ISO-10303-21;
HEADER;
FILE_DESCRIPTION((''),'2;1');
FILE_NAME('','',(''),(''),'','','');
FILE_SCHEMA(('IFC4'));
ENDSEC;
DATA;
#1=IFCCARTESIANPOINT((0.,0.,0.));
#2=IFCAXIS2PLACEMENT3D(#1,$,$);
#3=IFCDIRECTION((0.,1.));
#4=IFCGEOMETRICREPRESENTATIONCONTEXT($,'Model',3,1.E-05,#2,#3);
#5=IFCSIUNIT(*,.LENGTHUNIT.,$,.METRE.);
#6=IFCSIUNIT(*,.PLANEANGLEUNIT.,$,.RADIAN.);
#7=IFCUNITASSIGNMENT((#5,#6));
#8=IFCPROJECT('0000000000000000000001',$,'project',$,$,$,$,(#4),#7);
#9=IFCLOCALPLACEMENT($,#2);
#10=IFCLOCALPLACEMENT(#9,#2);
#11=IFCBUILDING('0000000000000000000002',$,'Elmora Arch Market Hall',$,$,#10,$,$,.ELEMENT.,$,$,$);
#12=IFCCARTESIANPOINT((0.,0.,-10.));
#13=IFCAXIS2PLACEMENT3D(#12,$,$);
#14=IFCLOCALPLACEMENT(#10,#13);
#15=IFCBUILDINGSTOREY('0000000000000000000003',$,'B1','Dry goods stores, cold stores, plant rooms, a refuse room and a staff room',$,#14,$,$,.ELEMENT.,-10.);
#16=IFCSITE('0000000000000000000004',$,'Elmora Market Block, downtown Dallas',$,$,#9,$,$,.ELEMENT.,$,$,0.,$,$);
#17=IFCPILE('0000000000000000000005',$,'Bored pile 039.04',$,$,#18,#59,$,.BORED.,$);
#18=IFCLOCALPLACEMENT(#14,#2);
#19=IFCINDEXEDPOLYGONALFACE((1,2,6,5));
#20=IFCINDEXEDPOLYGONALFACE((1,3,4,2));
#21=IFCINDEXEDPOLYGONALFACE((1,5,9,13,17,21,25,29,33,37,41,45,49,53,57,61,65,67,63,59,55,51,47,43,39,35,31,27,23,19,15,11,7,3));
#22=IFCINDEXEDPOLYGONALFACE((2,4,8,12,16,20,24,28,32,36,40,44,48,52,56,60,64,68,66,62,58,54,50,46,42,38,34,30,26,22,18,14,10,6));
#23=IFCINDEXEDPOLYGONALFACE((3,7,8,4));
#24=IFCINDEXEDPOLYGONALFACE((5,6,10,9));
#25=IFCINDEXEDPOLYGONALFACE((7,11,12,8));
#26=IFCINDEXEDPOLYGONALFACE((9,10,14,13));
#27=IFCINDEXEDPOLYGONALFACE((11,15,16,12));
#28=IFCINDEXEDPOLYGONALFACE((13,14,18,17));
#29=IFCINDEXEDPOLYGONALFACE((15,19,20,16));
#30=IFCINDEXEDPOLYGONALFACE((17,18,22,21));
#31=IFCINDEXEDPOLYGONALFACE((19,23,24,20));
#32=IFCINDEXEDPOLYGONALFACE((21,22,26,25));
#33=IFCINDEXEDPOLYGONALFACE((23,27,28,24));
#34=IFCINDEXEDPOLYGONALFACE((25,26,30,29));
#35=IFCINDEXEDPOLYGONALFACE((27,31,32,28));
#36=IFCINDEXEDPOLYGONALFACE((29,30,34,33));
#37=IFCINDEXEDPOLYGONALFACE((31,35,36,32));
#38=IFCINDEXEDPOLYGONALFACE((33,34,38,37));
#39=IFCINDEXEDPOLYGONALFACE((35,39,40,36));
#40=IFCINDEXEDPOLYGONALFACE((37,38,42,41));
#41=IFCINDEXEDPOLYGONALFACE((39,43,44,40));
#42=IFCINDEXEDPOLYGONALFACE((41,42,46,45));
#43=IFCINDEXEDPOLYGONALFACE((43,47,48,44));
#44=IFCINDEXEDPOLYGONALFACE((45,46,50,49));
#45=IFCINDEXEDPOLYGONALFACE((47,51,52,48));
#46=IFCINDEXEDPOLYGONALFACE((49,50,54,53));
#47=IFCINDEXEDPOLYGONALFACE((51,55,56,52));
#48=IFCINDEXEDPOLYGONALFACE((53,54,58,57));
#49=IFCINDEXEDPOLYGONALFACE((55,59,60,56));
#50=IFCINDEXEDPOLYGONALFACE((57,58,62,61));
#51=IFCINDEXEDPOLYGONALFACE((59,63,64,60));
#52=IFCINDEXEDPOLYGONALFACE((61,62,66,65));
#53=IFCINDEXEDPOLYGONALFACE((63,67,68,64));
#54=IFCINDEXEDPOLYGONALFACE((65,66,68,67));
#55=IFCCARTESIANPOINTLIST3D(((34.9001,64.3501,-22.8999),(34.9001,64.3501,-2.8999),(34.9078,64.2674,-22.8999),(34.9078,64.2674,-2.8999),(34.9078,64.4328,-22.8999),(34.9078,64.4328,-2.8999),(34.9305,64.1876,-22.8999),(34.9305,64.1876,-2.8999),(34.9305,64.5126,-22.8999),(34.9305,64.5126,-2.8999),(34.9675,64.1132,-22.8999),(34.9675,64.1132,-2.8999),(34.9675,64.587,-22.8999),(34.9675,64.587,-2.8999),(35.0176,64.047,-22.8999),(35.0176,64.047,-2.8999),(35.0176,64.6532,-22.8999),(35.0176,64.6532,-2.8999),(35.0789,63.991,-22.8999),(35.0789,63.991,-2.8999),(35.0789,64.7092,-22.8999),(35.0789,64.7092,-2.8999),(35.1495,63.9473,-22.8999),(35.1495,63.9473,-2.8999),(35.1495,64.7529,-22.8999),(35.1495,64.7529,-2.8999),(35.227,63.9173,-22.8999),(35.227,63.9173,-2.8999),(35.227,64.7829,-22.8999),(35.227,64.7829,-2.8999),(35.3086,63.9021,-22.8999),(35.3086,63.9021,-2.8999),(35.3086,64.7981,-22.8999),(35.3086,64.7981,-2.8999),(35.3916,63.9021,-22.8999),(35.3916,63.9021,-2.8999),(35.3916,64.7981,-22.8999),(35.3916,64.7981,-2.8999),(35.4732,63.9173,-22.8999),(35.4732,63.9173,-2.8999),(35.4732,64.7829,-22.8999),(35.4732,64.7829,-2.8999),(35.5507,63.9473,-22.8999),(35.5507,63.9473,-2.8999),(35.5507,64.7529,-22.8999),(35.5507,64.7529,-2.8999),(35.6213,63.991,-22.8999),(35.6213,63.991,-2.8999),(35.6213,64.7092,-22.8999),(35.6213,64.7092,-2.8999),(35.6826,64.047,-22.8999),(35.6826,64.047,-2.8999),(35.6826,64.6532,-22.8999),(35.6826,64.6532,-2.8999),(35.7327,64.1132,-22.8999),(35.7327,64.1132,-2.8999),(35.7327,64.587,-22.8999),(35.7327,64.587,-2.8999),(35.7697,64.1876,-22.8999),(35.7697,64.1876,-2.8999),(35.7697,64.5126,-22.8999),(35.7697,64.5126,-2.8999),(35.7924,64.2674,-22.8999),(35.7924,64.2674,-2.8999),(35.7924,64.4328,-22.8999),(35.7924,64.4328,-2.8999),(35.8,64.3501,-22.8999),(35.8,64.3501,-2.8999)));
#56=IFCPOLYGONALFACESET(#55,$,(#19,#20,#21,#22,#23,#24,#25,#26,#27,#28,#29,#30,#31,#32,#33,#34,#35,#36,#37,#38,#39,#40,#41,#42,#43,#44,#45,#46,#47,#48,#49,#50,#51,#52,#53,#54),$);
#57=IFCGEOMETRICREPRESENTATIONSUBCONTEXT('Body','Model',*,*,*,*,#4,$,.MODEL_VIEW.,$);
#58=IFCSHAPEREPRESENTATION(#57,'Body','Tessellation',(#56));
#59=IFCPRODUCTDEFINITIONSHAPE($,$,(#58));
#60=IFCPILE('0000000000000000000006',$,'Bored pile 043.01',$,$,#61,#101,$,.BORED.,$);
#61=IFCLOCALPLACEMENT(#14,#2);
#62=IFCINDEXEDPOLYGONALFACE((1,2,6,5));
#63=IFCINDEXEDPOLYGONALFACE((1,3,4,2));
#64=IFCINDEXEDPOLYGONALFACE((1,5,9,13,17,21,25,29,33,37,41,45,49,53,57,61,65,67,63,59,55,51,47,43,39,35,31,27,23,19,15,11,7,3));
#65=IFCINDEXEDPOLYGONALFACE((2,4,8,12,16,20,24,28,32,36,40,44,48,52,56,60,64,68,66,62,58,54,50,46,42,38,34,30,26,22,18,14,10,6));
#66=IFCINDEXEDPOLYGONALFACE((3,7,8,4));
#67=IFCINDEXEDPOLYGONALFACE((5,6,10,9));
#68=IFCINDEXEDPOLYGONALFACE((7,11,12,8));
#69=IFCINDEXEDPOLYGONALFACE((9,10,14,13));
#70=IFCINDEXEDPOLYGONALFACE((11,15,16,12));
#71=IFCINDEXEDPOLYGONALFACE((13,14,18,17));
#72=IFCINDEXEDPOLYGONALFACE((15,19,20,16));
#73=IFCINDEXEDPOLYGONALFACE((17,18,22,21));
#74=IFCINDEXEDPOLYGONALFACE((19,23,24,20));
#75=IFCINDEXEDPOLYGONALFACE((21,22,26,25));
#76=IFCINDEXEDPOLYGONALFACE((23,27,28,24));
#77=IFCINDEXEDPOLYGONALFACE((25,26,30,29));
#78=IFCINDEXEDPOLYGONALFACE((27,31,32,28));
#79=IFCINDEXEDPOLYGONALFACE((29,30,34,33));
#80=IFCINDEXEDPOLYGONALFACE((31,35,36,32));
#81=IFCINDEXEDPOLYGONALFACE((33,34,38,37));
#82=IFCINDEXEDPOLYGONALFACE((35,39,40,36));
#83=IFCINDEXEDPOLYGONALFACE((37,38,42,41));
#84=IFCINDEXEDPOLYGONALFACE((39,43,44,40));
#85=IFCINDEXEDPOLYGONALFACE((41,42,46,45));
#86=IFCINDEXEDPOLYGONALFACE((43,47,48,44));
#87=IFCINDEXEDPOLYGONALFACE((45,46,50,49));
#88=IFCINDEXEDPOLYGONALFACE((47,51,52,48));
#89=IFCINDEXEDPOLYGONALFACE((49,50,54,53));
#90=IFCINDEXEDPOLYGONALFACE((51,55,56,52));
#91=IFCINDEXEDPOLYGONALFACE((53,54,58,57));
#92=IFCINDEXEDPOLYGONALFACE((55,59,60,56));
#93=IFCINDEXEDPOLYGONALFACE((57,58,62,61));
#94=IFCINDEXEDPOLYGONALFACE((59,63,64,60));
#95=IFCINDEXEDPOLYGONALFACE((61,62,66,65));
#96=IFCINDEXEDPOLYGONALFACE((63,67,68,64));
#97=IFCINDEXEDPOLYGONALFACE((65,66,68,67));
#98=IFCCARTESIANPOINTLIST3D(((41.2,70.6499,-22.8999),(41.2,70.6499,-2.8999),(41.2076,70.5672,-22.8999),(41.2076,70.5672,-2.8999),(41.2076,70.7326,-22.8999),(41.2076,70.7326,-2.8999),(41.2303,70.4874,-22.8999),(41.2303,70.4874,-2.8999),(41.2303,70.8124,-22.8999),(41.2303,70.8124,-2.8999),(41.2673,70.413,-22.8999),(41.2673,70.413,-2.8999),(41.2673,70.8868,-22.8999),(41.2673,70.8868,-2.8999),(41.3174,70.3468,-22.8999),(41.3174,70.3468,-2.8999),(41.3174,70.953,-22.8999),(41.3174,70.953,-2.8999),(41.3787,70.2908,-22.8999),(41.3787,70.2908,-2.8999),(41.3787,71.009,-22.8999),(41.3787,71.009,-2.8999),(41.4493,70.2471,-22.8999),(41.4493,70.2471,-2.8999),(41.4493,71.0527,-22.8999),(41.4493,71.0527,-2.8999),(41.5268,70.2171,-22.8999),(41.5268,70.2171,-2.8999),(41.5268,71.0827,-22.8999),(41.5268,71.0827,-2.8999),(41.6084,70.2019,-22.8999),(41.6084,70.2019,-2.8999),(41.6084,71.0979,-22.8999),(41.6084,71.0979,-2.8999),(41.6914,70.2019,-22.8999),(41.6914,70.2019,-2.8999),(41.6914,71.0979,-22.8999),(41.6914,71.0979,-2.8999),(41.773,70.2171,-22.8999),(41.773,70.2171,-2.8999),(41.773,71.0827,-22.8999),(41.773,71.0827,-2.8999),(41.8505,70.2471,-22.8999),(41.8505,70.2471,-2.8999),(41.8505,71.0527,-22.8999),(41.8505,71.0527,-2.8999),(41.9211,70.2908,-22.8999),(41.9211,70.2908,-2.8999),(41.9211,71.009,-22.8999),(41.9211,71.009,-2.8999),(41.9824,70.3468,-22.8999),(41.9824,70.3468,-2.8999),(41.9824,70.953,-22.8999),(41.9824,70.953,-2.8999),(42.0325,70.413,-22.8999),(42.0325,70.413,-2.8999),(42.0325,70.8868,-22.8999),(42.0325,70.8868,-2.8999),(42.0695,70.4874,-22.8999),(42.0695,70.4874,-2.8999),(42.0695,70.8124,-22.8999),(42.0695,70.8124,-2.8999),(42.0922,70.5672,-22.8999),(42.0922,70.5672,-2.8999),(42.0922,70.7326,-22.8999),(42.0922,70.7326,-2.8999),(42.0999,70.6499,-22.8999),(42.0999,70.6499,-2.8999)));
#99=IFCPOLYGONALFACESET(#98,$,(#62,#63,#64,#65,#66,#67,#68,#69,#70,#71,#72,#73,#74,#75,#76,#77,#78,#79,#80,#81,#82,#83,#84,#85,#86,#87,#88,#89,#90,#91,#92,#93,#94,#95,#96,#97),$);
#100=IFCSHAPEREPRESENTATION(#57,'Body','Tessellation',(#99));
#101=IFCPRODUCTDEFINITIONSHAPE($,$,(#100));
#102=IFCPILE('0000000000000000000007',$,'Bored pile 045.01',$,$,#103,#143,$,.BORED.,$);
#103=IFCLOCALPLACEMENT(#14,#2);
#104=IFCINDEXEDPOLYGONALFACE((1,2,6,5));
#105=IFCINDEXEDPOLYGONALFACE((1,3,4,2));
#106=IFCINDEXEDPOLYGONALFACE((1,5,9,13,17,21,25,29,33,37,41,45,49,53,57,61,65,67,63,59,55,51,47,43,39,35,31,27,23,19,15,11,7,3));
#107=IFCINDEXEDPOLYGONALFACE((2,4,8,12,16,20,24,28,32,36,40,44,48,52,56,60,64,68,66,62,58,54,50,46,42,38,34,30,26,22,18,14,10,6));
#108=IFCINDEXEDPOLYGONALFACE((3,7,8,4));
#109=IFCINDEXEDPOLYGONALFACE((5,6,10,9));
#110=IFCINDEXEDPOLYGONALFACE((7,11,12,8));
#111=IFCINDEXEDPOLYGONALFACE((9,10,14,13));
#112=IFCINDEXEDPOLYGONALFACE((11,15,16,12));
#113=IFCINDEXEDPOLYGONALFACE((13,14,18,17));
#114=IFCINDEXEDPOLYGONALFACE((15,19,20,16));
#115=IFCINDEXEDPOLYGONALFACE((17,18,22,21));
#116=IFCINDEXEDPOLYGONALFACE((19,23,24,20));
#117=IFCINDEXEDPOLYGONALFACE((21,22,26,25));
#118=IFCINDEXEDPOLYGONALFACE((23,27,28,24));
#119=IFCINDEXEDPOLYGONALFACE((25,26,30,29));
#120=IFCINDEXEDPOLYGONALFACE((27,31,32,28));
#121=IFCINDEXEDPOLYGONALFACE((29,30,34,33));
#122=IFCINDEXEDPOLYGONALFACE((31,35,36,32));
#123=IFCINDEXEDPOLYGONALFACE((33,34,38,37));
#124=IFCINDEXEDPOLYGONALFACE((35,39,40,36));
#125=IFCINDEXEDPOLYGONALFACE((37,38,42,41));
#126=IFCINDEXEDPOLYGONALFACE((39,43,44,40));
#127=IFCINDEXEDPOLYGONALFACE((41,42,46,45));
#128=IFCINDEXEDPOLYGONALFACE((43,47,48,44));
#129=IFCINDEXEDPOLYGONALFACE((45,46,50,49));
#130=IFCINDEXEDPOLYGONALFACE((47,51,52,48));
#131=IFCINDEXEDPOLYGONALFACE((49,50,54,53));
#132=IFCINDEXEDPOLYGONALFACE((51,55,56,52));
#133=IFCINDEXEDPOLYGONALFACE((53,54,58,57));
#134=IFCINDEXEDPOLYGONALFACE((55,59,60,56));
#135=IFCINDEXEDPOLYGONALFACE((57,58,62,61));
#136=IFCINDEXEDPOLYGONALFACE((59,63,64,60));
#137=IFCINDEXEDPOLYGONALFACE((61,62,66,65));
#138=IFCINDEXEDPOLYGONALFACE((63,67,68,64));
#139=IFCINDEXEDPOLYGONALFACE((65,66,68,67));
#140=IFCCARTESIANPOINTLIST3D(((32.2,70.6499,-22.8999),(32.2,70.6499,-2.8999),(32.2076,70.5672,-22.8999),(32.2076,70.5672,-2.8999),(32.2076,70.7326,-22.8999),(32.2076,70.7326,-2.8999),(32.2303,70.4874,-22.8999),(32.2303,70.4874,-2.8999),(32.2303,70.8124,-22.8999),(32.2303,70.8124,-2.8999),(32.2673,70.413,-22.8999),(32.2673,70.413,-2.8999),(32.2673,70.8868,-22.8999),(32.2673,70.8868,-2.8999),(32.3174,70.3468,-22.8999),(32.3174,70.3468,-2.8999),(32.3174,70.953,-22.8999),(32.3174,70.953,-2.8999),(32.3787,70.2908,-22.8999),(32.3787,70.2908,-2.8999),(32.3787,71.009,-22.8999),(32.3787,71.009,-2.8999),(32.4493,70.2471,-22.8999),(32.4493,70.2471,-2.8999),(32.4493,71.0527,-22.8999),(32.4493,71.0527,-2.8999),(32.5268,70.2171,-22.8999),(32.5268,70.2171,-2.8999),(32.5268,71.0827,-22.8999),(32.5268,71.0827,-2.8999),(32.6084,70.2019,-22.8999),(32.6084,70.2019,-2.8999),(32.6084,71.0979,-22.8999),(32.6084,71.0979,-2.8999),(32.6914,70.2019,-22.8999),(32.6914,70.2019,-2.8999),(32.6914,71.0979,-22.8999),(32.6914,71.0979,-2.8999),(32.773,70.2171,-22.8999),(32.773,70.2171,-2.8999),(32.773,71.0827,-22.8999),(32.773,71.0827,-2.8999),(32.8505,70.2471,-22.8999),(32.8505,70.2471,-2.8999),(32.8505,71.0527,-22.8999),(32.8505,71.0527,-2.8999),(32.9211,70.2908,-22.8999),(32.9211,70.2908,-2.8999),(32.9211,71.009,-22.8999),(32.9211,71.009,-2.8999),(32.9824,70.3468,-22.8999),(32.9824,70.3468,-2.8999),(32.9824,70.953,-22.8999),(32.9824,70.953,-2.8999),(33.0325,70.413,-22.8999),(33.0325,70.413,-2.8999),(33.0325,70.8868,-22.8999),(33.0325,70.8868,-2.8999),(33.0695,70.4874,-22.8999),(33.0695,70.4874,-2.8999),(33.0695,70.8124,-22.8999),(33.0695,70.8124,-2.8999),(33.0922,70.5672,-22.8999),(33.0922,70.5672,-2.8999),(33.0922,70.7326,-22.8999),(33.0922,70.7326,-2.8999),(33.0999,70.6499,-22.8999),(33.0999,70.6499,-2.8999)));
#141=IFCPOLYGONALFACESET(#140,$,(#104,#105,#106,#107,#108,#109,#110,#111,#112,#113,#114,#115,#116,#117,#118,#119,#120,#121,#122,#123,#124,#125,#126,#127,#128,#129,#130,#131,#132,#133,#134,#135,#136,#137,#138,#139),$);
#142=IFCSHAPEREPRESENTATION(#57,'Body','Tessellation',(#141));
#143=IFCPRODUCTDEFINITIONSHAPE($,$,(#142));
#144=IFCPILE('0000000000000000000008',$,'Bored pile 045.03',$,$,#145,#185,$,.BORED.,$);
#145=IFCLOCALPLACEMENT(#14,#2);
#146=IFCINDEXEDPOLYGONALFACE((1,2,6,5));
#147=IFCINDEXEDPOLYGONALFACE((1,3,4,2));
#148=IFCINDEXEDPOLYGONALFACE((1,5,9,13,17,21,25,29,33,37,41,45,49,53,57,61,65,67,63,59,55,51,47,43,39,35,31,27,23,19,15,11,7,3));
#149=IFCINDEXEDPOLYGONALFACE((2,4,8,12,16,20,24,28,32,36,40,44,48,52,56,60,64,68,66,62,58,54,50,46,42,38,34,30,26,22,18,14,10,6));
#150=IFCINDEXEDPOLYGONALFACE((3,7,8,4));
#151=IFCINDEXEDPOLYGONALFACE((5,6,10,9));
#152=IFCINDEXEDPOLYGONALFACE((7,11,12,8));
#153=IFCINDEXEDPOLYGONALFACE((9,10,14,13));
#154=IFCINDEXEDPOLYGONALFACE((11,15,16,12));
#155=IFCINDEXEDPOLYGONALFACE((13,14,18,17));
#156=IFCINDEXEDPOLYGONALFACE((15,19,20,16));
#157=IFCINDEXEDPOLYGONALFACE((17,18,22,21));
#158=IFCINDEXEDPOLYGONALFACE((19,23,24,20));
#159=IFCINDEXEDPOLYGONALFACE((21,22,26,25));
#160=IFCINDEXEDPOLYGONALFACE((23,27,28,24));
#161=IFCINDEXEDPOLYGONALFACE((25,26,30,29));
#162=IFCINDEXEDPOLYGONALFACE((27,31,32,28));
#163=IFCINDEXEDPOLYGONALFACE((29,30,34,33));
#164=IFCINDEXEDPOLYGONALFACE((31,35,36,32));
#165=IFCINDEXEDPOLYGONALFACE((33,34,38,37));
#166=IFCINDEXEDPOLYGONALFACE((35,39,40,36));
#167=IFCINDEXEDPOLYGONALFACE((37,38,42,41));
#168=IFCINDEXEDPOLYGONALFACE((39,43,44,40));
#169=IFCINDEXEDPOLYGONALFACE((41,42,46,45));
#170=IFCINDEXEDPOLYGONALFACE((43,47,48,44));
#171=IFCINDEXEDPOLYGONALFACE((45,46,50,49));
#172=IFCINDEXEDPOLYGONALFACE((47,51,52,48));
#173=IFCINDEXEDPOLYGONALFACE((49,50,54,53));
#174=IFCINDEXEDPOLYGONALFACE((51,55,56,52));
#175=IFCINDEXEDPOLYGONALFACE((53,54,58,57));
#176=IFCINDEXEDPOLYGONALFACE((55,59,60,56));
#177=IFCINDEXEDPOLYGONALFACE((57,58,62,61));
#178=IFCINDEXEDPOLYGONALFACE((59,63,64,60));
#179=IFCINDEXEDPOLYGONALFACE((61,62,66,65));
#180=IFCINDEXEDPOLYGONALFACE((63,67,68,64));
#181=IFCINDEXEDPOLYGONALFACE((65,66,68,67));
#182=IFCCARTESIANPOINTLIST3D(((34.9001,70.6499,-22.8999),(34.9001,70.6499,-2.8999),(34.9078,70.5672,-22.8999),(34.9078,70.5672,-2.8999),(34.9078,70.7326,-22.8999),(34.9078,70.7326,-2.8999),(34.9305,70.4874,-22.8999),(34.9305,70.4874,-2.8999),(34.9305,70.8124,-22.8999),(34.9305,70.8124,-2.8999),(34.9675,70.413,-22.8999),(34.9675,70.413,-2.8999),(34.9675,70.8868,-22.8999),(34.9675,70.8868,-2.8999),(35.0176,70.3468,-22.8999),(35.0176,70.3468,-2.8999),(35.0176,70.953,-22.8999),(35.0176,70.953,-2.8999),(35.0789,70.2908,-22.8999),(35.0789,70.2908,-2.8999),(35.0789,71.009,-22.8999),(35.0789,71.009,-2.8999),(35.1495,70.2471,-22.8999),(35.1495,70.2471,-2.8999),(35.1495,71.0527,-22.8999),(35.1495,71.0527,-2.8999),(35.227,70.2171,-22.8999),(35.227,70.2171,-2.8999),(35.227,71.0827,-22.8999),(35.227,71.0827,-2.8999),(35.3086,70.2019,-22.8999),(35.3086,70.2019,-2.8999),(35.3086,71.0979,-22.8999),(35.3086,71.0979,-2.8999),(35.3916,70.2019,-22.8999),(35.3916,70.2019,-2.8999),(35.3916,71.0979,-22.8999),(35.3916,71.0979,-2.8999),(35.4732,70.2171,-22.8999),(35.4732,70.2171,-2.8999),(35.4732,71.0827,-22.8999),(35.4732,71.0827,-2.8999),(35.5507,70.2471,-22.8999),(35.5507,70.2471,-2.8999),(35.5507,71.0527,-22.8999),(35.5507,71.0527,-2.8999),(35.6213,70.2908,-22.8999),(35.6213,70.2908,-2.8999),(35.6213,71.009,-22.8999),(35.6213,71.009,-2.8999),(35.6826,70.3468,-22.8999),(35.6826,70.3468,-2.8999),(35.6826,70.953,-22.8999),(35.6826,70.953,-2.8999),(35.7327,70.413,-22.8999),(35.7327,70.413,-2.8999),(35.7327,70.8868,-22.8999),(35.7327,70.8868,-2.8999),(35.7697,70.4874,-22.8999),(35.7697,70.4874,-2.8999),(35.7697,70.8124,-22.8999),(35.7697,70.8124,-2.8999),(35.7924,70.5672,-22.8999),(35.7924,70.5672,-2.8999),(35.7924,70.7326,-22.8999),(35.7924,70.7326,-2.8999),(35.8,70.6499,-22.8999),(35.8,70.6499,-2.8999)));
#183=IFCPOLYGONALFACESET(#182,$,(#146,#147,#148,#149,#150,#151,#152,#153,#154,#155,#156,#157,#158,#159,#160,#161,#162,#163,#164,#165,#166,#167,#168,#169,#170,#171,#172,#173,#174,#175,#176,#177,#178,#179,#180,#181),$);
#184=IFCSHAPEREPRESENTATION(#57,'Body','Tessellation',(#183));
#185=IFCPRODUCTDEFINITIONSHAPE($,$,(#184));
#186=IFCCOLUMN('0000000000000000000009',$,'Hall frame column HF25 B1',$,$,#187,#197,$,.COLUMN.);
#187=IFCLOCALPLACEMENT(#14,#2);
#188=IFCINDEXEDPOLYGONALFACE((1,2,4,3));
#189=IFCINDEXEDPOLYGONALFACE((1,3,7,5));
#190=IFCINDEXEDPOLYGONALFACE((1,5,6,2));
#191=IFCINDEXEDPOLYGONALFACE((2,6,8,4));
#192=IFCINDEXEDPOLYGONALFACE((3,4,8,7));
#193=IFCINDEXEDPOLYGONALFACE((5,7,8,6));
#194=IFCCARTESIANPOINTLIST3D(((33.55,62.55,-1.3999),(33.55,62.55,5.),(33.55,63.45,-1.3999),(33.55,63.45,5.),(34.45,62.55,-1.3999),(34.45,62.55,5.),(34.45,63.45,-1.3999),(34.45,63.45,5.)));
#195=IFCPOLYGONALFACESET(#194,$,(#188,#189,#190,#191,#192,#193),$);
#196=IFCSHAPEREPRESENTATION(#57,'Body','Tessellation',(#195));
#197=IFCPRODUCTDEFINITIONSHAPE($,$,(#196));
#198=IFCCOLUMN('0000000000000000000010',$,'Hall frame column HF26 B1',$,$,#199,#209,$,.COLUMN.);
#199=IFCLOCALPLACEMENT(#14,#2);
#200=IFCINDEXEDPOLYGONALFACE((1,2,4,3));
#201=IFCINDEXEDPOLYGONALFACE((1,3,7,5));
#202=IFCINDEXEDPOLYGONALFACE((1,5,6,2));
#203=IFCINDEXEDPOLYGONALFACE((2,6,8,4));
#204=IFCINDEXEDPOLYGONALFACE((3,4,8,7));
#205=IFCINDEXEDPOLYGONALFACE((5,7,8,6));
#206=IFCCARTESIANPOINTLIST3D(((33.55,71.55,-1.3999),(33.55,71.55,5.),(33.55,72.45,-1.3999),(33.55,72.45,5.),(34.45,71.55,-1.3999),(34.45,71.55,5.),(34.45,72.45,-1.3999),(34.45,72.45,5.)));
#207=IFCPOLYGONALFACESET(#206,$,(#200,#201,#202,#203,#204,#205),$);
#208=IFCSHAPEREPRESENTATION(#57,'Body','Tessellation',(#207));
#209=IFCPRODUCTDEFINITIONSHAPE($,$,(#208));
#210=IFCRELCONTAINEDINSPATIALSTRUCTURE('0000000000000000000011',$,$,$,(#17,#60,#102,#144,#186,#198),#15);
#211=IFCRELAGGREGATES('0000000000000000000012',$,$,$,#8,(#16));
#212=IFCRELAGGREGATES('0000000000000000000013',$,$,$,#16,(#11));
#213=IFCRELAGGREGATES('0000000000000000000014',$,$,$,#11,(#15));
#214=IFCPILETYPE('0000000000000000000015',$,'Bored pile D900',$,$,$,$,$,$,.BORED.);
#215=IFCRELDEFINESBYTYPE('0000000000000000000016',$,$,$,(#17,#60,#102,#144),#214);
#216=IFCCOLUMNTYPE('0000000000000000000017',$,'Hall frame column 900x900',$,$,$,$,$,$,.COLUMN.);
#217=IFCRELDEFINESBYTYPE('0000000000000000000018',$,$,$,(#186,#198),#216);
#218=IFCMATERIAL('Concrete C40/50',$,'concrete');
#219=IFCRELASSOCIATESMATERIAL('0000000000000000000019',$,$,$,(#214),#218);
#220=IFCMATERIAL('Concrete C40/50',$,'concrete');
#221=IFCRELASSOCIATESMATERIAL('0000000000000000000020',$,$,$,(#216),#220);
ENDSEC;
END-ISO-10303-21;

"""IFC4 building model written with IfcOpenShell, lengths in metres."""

from ifc_helpers import new_model, si_unit, direction, frame, origin, origin_2d, place, context, subcontext, project, spatial, rectangle, circle, extrude, material, material_profile, profile_set, type_object, element, save


model = new_model("IFC4")

# Units and contexts
model_context = context("Model", 3, precision=1e-05, world=origin(), true_north=direction((0.0, 1.0)))
body_context = subcontext(model_context, "Body", "Model", "MODEL_VIEW")
ifc_project = project(units=[si_unit("LENGTHUNIT", "METRE"), si_unit("PLANEANGLEUNIT", "RADIAN")], contexts=[model_context])

# Site, building, storey
site_placement = place(None, origin())
site = spatial("IfcSite", under=ifc_project, at=site_placement, Name="Elmora Market Block, downtown Dallas", CompositionType="ELEMENT", RefElevation=0.0)
building_placement = place(site_placement, origin())
building = spatial("IfcBuilding", under=site, at=building_placement, Name="Elmora Arch Market Hall", CompositionType="ELEMENT")
storey_placement = place(building_placement, frame((0.0, 0.0, -10.0)))
storey = spatial("IfcBuildingStorey", under=building, at=storey_placement, Name="B1", Description="Dry goods stores, cold stores, plant rooms, a refuse room and a staff room", CompositionType="ELEMENT", Elevation=-10.0)

# Piles
ifc_material_1 = material(Name="Concrete C40/50", Category="concrete")
ifc_material_profile_1 = material_profile(ifc_material_1, circle(Radius=0.45, at=origin_2d()), Name="Bored pile D900")
ifc_profile_set_1 = profile_set([ifc_material_profile_1], Name="Concrete C40/50")
pile_type = type_object("IfcPileType", Name="Bored pile D900", PredefinedType="BORED", material=ifc_profile_set_1)
for number, where, z_axis, x_axis, name in (
    (1, (35.3501, 64.3501, -2.8999), (0.0, 0.0, -1.0), (1.0, 0.0, 0.0), "Bored pile 039.04"),
    (2, (41.6499, 70.6499, -2.8999), (0.0, 0.0, -1.0), (1.0, 0.0, 0.0), "Bored pile 043.01"),
    (3, (32.6499, 70.6499, -2.8999), (0.0, 0.0, -1.0), (1.0, 0.0, 0.0), "Bored pile 045.01"),
    (4, (35.3501, 70.6499, -2.8999), (0.0, 0.0, -1.0), (1.0, 0.0, 0.0), "Bored pile 045.03"),
):
    element("IfcPile", number, at=place(storey_placement, frame(where, z_axis=z_axis, x_axis=x_axis)), inside=storey, type_object=pile_type, Name=name, PredefinedType="BORED", context=body_context, shape_type="SweptSolid", body=[
        extrude(circle(Radius=0.45, at=origin_2d()), origin(), (0.0, 0.0, 1.0), 20.0),
    ])

# Columns
ifc_material_2 = material(Name="Concrete C40/50", Category="concrete")
ifc_material_profile_2 = material_profile(ifc_material_2, rectangle(XDim=0.8999, YDim=0.8999, at=origin_2d()), Name="Hall frame column 900x900")
ifc_profile_set_2 = profile_set([ifc_material_profile_2], Name="Concrete C40/50")
column_type_1 = type_object("IfcColumnType", Name="Hall frame column 900x900", PredefinedType="COLUMN", material=ifc_profile_set_2)
for number, where, z_axis, x_axis, name in (
    (5, (34.0, 63.0, -1.3999), (0.0, 0.0, 1.0), (1.0, 0.0, 0.0), "Hall frame column HF25 B1"),
    (6, (34.0, 72.0, -1.3999), (0.0, 0.0, 1.0), (1.0, 0.0, 0.0), "Hall frame column HF26 B1"),
):
    element("IfcColumn", number, at=place(storey_placement, frame(where, z_axis=z_axis, x_axis=x_axis)), inside=storey, type_object=column_type_1, Name=name, PredefinedType="COLUMN", context=body_context, shape_type="SweptSolid", body=[
        extrude(rectangle(XDim=0.8999, YDim=0.8999, at=origin_2d()), origin(), (0.0, 0.0, 1.0), 6.3999),
    ])

save(model, "model.ifc")
